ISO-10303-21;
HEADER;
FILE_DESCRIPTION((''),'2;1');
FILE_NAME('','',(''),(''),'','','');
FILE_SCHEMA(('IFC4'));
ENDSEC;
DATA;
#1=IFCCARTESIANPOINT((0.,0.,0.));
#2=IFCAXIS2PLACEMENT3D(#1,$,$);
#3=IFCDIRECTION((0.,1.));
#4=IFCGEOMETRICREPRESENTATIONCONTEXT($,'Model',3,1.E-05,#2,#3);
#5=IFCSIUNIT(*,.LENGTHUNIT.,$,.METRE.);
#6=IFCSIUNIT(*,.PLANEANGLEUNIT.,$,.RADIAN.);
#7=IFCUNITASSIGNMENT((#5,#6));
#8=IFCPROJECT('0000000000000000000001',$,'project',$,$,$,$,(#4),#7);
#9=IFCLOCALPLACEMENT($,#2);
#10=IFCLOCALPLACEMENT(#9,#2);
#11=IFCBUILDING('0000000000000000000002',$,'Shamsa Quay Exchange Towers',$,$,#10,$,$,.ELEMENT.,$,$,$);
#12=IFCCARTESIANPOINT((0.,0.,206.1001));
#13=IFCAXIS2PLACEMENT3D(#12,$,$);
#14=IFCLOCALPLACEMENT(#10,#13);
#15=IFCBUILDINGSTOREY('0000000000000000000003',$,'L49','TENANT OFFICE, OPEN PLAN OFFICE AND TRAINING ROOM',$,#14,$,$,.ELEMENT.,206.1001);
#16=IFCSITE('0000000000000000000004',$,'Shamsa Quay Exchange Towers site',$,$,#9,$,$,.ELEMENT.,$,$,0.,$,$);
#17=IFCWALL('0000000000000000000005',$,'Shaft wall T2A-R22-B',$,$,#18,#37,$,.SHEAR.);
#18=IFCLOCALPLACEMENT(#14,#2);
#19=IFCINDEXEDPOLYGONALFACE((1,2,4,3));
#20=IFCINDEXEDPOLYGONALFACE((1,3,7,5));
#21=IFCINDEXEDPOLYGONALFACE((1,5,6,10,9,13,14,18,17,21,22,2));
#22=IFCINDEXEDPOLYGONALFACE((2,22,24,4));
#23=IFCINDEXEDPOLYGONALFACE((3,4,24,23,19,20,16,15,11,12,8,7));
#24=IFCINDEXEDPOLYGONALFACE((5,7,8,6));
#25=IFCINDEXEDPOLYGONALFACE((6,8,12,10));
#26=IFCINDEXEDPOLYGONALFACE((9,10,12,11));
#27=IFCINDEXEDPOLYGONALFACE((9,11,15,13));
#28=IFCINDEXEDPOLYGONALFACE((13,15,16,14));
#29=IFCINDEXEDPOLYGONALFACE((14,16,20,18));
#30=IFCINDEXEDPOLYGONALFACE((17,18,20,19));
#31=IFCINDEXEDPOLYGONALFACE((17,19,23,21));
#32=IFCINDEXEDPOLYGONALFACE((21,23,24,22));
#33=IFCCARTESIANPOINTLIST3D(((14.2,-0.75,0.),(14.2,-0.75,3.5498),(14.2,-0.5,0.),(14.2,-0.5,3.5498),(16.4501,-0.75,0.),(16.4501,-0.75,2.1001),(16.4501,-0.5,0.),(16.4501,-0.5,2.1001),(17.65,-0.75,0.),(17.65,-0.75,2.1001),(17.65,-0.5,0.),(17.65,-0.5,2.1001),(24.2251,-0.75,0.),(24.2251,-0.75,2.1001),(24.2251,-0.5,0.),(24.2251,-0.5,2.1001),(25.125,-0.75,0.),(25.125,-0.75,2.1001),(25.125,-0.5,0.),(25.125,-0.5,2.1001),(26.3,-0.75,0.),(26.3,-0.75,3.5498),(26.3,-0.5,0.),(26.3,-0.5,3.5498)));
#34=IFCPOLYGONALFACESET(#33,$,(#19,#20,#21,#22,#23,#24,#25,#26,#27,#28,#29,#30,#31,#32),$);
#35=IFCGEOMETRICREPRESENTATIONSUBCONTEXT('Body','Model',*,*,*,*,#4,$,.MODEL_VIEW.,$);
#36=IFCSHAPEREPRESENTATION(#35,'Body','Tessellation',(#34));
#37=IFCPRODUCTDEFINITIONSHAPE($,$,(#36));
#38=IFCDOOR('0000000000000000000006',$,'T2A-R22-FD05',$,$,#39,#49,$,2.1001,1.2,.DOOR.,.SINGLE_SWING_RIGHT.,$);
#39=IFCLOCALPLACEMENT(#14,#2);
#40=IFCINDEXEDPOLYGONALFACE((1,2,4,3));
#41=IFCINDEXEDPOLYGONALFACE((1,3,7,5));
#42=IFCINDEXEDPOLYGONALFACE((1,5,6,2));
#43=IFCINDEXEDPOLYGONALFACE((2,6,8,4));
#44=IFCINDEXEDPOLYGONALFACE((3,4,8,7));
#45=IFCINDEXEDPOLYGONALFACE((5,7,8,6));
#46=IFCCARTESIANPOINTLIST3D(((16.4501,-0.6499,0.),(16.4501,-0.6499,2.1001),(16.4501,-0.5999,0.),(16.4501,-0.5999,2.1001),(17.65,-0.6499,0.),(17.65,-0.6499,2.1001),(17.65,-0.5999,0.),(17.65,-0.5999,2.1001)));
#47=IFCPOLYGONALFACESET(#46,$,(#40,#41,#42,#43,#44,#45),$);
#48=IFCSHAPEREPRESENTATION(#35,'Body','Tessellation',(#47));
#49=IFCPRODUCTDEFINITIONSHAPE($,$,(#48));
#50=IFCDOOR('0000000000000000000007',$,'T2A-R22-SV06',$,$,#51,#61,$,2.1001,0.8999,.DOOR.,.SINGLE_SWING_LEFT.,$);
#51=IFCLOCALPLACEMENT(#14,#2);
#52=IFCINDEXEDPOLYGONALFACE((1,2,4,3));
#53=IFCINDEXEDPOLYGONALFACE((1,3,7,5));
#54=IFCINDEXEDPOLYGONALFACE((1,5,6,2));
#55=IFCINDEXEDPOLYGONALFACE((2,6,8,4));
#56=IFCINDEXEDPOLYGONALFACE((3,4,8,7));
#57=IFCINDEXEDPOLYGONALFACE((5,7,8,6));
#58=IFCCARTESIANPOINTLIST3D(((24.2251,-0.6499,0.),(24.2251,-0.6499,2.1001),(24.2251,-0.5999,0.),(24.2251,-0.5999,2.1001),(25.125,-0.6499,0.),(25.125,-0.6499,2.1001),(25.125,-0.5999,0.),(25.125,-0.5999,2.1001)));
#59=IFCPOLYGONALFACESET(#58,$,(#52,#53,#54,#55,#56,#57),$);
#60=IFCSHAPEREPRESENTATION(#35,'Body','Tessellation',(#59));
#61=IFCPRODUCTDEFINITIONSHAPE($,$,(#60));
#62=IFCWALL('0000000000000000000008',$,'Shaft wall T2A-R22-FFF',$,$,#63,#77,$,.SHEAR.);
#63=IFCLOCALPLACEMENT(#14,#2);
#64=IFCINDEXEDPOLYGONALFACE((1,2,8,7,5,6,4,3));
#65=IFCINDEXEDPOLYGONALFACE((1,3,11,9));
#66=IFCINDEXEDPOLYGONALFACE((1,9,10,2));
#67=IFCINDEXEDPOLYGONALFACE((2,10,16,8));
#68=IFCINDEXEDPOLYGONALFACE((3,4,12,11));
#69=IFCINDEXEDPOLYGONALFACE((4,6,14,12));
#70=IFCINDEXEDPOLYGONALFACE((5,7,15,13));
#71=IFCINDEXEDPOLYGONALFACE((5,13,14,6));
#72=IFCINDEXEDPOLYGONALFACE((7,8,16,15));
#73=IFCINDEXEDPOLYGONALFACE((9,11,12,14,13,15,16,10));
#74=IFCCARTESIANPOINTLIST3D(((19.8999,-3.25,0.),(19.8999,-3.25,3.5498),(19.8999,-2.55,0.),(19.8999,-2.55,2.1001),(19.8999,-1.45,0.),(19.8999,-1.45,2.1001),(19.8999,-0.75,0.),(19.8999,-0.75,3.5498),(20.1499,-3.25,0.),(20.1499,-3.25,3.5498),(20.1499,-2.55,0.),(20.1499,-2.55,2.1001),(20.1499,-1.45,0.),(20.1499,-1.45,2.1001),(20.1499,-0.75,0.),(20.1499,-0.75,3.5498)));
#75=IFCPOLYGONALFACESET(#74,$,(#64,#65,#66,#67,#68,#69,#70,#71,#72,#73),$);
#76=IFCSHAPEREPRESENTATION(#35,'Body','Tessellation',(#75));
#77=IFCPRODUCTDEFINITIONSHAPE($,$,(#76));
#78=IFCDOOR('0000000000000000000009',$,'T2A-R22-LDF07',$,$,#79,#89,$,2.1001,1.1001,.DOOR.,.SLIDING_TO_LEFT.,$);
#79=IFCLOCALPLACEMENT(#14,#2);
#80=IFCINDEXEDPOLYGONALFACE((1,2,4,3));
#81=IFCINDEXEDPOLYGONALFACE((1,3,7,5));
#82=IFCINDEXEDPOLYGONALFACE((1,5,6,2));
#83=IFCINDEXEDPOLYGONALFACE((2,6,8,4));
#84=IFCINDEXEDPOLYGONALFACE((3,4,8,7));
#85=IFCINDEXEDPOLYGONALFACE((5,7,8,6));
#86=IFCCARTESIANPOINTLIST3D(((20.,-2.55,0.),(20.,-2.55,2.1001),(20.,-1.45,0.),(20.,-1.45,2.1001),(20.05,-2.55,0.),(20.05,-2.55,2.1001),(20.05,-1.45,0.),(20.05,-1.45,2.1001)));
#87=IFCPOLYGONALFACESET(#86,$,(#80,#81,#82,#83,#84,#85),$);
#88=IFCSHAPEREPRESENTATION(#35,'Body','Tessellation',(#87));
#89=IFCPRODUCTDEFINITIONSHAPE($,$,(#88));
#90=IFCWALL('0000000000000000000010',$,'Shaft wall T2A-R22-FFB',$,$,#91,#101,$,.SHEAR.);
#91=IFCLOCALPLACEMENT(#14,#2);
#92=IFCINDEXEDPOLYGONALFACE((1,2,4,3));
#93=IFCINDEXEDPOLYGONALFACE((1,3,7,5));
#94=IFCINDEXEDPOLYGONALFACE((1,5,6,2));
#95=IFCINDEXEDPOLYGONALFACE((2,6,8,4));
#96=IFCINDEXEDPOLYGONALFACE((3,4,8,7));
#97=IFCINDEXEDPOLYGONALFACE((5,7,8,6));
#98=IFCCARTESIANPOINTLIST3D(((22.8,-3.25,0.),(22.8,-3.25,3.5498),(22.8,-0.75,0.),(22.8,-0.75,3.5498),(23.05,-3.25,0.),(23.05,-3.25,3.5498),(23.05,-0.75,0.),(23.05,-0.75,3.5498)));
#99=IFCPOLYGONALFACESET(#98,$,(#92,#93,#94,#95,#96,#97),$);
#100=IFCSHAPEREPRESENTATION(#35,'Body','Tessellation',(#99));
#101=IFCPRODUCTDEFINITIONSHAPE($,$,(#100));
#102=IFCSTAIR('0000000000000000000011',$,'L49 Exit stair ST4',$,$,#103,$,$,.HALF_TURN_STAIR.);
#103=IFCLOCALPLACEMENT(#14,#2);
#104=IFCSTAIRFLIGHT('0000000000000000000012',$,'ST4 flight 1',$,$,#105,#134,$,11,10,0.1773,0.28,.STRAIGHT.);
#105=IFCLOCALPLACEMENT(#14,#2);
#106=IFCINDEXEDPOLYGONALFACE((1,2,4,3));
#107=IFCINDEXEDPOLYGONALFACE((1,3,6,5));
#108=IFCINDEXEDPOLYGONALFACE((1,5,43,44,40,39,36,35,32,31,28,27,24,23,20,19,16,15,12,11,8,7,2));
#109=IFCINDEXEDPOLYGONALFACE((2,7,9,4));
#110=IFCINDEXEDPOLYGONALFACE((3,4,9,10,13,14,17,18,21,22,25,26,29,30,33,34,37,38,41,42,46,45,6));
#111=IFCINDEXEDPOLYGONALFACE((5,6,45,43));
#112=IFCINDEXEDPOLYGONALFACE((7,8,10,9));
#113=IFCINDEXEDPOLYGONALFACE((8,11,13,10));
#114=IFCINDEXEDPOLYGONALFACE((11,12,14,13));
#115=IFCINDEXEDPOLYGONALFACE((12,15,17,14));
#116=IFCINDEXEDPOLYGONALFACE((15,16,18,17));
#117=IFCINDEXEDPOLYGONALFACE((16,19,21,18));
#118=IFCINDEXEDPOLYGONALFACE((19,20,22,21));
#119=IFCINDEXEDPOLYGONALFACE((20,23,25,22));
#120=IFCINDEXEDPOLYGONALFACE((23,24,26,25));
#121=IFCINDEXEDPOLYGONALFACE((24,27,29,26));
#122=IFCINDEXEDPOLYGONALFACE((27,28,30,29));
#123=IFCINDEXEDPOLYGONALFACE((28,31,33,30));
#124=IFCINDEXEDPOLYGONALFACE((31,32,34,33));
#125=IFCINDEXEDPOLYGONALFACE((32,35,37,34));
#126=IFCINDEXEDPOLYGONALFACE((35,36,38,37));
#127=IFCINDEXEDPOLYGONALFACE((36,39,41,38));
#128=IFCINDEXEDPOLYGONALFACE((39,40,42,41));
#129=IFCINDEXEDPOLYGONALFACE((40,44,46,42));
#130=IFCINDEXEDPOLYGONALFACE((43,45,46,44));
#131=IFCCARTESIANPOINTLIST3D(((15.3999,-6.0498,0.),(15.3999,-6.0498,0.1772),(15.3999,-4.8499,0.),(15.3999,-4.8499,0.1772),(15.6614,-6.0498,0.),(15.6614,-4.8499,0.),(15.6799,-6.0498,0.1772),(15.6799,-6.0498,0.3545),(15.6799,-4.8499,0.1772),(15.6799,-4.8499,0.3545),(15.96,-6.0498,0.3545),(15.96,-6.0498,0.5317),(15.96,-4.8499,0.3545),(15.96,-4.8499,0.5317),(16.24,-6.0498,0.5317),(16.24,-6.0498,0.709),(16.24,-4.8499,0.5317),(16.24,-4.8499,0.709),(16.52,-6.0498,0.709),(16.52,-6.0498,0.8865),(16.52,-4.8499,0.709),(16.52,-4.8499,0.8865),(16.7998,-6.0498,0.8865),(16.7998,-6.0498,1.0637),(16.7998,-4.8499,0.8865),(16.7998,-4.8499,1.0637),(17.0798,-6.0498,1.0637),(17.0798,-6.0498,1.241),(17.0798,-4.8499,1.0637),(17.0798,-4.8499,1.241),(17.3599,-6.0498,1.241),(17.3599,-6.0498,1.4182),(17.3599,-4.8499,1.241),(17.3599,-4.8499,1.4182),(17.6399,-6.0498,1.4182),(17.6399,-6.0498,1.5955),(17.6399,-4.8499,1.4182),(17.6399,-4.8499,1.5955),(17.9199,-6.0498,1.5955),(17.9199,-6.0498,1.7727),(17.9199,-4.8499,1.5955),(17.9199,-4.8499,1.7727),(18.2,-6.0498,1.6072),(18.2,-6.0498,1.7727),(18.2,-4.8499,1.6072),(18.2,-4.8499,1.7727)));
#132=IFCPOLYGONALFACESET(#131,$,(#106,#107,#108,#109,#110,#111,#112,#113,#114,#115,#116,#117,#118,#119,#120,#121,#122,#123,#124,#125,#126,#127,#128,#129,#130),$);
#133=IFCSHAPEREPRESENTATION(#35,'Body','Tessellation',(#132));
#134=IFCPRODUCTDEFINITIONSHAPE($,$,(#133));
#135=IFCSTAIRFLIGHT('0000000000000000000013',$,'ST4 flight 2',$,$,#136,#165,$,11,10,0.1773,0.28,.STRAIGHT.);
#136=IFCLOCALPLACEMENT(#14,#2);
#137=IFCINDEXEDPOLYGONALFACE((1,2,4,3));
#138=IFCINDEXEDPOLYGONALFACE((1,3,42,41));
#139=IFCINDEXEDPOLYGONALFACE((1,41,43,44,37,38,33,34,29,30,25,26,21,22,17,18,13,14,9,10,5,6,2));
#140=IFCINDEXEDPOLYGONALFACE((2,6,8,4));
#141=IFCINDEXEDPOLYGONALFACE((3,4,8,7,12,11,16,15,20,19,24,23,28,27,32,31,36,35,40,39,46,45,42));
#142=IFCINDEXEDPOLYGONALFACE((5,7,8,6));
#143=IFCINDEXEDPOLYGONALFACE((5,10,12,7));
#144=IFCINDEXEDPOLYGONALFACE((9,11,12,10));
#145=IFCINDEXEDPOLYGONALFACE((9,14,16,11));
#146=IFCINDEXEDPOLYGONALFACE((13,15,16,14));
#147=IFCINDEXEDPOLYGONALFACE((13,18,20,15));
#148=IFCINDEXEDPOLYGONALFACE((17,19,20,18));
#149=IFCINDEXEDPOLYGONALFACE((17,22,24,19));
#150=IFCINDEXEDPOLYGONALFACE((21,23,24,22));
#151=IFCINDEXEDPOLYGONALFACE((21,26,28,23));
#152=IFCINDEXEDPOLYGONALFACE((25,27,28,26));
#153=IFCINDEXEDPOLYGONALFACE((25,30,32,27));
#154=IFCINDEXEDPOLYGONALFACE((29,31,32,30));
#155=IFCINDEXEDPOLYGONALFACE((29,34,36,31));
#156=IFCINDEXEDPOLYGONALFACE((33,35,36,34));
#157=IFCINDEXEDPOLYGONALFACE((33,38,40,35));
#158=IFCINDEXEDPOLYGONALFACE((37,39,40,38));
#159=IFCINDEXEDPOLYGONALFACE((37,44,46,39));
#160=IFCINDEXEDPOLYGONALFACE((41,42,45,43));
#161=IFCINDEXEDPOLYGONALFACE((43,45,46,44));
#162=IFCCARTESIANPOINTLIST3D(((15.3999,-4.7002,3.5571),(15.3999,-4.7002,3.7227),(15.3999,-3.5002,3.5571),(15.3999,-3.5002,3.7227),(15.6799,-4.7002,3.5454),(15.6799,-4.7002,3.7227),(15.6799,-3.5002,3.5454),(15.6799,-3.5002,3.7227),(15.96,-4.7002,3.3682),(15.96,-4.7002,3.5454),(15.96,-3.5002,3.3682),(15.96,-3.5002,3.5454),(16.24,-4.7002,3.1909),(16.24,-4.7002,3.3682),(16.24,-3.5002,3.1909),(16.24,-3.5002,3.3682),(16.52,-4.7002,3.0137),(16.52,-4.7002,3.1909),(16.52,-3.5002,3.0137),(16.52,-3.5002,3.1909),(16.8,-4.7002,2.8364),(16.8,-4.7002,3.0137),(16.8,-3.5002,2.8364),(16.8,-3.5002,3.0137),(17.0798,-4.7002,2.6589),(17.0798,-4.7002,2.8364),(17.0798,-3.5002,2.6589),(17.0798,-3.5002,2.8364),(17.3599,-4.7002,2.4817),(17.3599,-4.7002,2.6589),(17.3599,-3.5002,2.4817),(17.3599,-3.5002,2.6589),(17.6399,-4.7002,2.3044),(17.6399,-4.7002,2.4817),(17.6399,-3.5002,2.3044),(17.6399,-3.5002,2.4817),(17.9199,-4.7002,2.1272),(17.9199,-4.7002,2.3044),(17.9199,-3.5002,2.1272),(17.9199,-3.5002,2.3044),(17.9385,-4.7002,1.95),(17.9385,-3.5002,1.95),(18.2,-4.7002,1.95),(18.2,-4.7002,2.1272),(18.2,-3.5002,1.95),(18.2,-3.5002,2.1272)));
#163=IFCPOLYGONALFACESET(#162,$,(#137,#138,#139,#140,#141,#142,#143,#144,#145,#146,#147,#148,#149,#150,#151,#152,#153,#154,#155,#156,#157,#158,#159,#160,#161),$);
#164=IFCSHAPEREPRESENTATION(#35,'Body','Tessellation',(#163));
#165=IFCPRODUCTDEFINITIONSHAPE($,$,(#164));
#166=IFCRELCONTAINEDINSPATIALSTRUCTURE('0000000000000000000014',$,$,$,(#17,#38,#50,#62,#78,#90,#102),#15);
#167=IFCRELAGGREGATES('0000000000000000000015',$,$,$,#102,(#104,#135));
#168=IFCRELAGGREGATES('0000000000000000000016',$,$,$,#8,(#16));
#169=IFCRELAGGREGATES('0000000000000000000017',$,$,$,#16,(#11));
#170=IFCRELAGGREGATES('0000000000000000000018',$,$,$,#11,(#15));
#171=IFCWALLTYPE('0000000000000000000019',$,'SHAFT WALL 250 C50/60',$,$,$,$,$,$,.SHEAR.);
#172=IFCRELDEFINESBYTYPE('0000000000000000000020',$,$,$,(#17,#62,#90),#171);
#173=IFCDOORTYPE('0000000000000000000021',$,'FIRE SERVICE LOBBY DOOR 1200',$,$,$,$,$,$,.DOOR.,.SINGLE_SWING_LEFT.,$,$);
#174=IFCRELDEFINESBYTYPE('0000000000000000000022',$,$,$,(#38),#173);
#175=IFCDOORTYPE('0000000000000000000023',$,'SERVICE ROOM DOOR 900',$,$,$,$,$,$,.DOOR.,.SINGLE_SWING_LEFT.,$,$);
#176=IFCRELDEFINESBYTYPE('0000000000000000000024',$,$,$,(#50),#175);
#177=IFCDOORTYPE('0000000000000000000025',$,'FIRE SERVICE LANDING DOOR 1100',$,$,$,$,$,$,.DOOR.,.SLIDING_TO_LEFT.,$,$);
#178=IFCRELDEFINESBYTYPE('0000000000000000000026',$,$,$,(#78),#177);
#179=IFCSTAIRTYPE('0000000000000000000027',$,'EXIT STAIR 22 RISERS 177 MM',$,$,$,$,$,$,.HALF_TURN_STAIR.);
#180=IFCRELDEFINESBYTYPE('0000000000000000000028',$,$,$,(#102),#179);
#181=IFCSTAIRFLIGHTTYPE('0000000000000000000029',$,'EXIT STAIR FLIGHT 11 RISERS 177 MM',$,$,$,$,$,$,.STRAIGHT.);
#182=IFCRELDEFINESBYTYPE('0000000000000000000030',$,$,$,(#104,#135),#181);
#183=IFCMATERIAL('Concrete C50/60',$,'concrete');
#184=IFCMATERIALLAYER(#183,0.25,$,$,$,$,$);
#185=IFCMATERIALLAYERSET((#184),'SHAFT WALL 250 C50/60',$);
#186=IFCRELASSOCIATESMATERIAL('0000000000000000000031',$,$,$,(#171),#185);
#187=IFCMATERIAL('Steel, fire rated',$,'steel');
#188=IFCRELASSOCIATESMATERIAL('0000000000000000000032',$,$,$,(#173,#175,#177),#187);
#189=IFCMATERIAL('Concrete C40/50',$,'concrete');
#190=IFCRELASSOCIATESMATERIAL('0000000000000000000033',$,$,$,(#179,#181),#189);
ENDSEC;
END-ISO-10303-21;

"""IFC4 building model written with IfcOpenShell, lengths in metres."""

from ifc_helpers import new_model, si_unit, direction, frame, frame_2d, origin, place, context, subcontext, project, spatial, polyline, rectangle, outline, extrude, material, layer, layer_set, type_object, element, fill, aggregate, save


model = new_model("IFC4")

# Units and contexts
model_context = context("Model", 3, precision=1e-05, world=origin(), true_north=direction((0.0, 1.0)))
body_context = subcontext(model_context, "Body", "Model", "MODEL_VIEW")
ifc_project = project(units=[si_unit("LENGTHUNIT", "METRE"), si_unit("PLANEANGLEUNIT", "RADIAN")], contexts=[model_context])

# Site, building, storey
site_placement = place(None, origin())
site = spatial("IfcSite", under=ifc_project, at=site_placement, Name="Shamsa Quay Exchange Towers site", CompositionType="ELEMENT", RefElevation=0.0)
building_placement = place(site_placement, origin())
building = spatial("IfcBuilding", under=site, at=building_placement, Name="Shamsa Quay Exchange Towers", CompositionType="ELEMENT")
storey_placement = place(building_placement, frame((0.0, 0.0, 206.1001)))
storey = spatial("IfcBuildingStorey", under=building, at=storey_placement, Name="L49", Description="TENANT OFFICE, OPEN PLAN OFFICE AND TRAINING ROOM", CompositionType="ELEMENT", Elevation=206.1001)

# Shared definitions
ifc_material_1 = material(Name="Concrete C50/60", Category="concrete")
ifc_layer_1 = layer(ifc_material_1, 0.25)
ifc_layer_set_1 = layer_set([ifc_layer_1], Name="SHAFT WALL 250 C50/60")
wall_type = type_object("IfcWallType", Name="SHAFT WALL 250 C50/60", PredefinedType="SHEAR", material=ifc_layer_set_1)
ifc_material_2 = material(Name="Steel, fire rated", Category="steel")

# Wall, openings, doors
wall_1_placement = place(storey_placement, frame((26.3, -0.625, 0.0), z_axis=(0.0, 0.0, 1.0), x_axis=(-1.0, 0.0, 0.0)))
wall_1 = element("IfcWall", 1, at=wall_1_placement, inside=storey, type_object=wall_type, Name="Shaft wall T2A-R22-B", PredefinedType="SHEAR", context=body_context, shape_type="SweptSolid", body=[
    extrude(rectangle(XDim=12.1001, YDim=0.25, at=frame_2d((6.05, 0.0))), origin(), (0.0, 0.0, 1.0), 3.5498),
])
opening_1_placement = place(wall_1_placement, frame((8.6499, 0.0, 0.0)))
opening_1 = element("IfcOpeningElement", 2, at=opening_1_placement, cuts=wall_1, PredefinedType="OPENING", context=body_context, shape_type="SweptSolid", body=[
    extrude(rectangle(XDim=1.2, YDim=2.1001, at=frame_2d((0.6001, 1.05))), frame((0.0, 0.135, 0.0), z_axis=(0.0, -1.0, 0.0), x_axis=(1.0, 0.0, 0.0)), (0.0, 0.0, 1.0), 0.27),
])
opening_2_placement = place(wall_1_placement, frame((1.175, 0.0, 0.0)))
opening_2 = element("IfcOpeningElement", 3, at=opening_2_placement, cuts=wall_1, PredefinedType="OPENING", context=body_context, shape_type="SweptSolid", body=[
    extrude(rectangle(XDim=0.8999, YDim=2.1001, at=frame_2d((0.45, 1.05))), frame((0.0, 0.135, 0.0), z_axis=(0.0, -1.0, 0.0), x_axis=(1.0, 0.0, 0.0)), (0.0, 0.0, 1.0), 0.27),
])
door_type_1 = type_object("IfcDoorType", Name="FIRE SERVICE LOBBY DOOR 1200", OperationType="SINGLE_SWING_LEFT", PredefinedType="DOOR", material=ifc_material_2)
door_1_placement = place(opening_1_placement, origin())
door_1 = element("IfcDoor", 4, at=door_1_placement, inside=storey, type_object=door_type_1, Name="T2A-R22-FD05", OperationType="SINGLE_SWING_RIGHT", OverallHeight=2.1001, OverallWidth=1.2, PredefinedType="DOOR", context=body_context, shape_type="SweptSolid", body=[
    extrude(rectangle(XDim=1.2, YDim=2.1001, at=frame_2d((0.6001, 1.05))), frame((0.0, 0.0249, 0.0), z_axis=(0.0, -1.0, 0.0), x_axis=(1.0, 0.0, 0.0)), (0.0, 0.0, 1.0), 0.05),
])
fill(opening_1, door_1)
door_type_2 = type_object("IfcDoorType", Name="SERVICE ROOM DOOR 900", OperationType="SINGLE_SWING_LEFT", PredefinedType="DOOR", material=ifc_material_2)
door_2_placement = place(opening_2_placement, origin())
door_2 = element("IfcDoor", 5, at=door_2_placement, inside=storey, type_object=door_type_2, Name="T2A-R22-SV06", OperationType="SINGLE_SWING_LEFT", OverallHeight=2.1001, OverallWidth=0.8999, PredefinedType="DOOR", context=body_context, shape_type="SweptSolid", body=[
    extrude(rectangle(XDim=0.8999, YDim=2.1001, at=frame_2d((0.45, 1.05))), frame((0.0, 0.0249, 0.0), z_axis=(0.0, -1.0, 0.0), x_axis=(1.0, 0.0, 0.0)), (0.0, 0.0, 1.0), 0.05),
])
fill(opening_2, door_2)

# Wall, opening, door
wall_2_placement = place(storey_placement, frame((20.0249, -3.25, 0.0), z_axis=(0.0, 0.0, 1.0), x_axis=(0.0, 1.0, 0.0)))
wall_2 = element("IfcWall", 6, at=wall_2_placement, inside=storey, type_object=wall_type, Name="Shaft wall T2A-R22-FFF", PredefinedType="SHEAR", context=body_context, shape_type="SweptSolid", body=[
    extrude(rectangle(XDim=2.5, YDim=0.25, at=frame_2d((1.25, 0.0))), origin(), (0.0, 0.0, 1.0), 3.5498),
])
opening_3_placement = place(wall_2_placement, frame((0.7, 0.0, 0.0)))
opening_3 = element("IfcOpeningElement", 7, at=opening_3_placement, cuts=wall_2, PredefinedType="OPENING", context=body_context, shape_type="SweptSolid", body=[
    extrude(rectangle(XDim=1.1001, YDim=2.1001, at=frame_2d((0.55, 1.05))), frame((0.0, 0.135, 0.0), z_axis=(0.0, -1.0, 0.0), x_axis=(1.0, 0.0, 0.0)), (0.0, 0.0, 1.0), 0.27),
])
door_type_3 = type_object("IfcDoorType", Name="FIRE SERVICE LANDING DOOR 1100", OperationType="SLIDING_TO_LEFT", PredefinedType="DOOR", material=ifc_material_2)
door_3_placement = place(opening_3_placement, origin())
door_3 = element("IfcDoor", 8, at=door_3_placement, inside=storey, type_object=door_type_3, Name="T2A-R22-LDF07", OperationType="SLIDING_TO_LEFT", OverallHeight=2.1001, OverallWidth=1.1001, PredefinedType="DOOR", context=body_context, shape_type="SweptSolid", body=[
    extrude(rectangle(XDim=1.1001, YDim=2.1001, at=frame_2d((0.55, 1.05))), frame((0.0, 0.0249, 0.0), z_axis=(0.0, -1.0, 0.0), x_axis=(1.0, 0.0, 0.0)), (0.0, 0.0, 1.0), 0.05),
])
fill(opening_3, door_3)

# Wall
wall_3_placement = place(storey_placement, frame((22.925, -3.25, 0.0), z_axis=(0.0, 0.0, 1.0), x_axis=(0.0, 1.0, 0.0)))
element("IfcWall", 9, at=wall_3_placement, inside=storey, type_object=wall_type, Name="Shaft wall T2A-R22-FFB", PredefinedType="SHEAR", context=body_context, shape_type="SweptSolid", body=[
    extrude(rectangle(XDim=2.5, YDim=0.25, at=frame_2d((1.25, 0.0))), origin(), (0.0, 0.0, 1.0), 3.5498),
])

# Stair, stair flights
ifc_material_3 = material(Name="Concrete C40/50", Category="concrete")
stair_type = type_object("IfcStairType", Name="EXIT STAIR 22 RISERS 177 MM", PredefinedType="HALF_TURN_STAIR", material=ifc_material_3)
stair_placement = place(storey_placement, origin())
stair = element("IfcStair", 10, at=stair_placement, inside=storey, type_object=stair_type, Name="L49 Exit stair ST4", PredefinedType="HALF_TURN_STAIR")
stair_flight_type = type_object("IfcStairFlightType", Name="EXIT STAIR FLIGHT 11 RISERS 177 MM", PredefinedType="STRAIGHT", material=ifc_material_3)
stair_flight_1_placement = place(storey_placement, frame((15.3999, -5.45, 0.0)))
stair_flight_1 = element("IfcStairFlight", 11, at=stair_flight_1_placement, type_object=stair_flight_type, Name="ST4 flight 1", NumberOfRisers=11, NumberOfTreads=10, PredefinedType="STRAIGHT", RiserHeight=0.1773, TreadLength=0.28, context=body_context, shape_type="SweptSolid", body=[
    extrude(outline(polyline([(0.0, 0.0), (0.0, 0.1772), (0.28, 0.1772), (0.28, 0.3545), (0.5601, 0.3545), (0.5601, 0.5317), (0.8401, 0.5317), (0.8401, 0.709), (1.1201, 0.709), (1.1201, 0.8865), (1.3999, 0.8865), (1.3999, 1.0637), (1.6799, 1.0637), (1.6799, 1.241), (1.96, 1.241), (1.96, 1.4182), (2.24, 1.4182), (2.24, 1.5955), (2.52, 1.5955), (2.52, 1.7727), (2.8, 1.7727), (2.8, 1.95), (2.8, 1.6072), (0.2615, 0.0), (0.0, 0.0)])), frame((0.0, 0.6001, 0.0), z_axis=(0.0, -1.0, 0.0), x_axis=(1.0, 0.0, 0.0)), (0.0, 0.0, 1.0), 1.2),
])
stair_flight_2_placement = place(storey_placement, frame((18.2, -4.1001, 1.95), z_axis=(0.0, 0.0, 1.0), x_axis=(-1.0, 0.0, 0.0)))
stair_flight_2 = element("IfcStairFlight", 12, at=stair_flight_2_placement, type_object=stair_flight_type, Name="ST4 flight 2", NumberOfRisers=11, NumberOfTreads=10, PredefinedType="STRAIGHT", RiserHeight=0.1773, TreadLength=0.28, context=body_context, shape_type="SweptSolid", body=[
    extrude(outline(polyline([(0.0, 0.0), (0.0, 0.1772), (0.28, 0.1772), (0.28, 0.3545), (0.5601, 0.3545), (0.5601, 0.5317), (0.8401, 0.5317), (0.8401, 0.709), (1.1201, 0.709), (1.1201, 0.8865), (1.3999, 0.8865), (1.3999, 1.0637), (1.6799, 1.0637), (1.6799, 1.241), (1.96, 1.241), (1.96, 1.4182), (2.24, 1.4182), (2.24, 1.5955), (2.52, 1.5955), (2.52, 1.7727), (2.8, 1.7727), (2.8, 1.95), (2.8, 1.6072), (0.2615, 0.0), (0.0, 0.0)])), frame((0.0, 0.6001, 0.0), z_axis=(0.0, -1.0, 0.0), x_axis=(1.0, 0.0, 0.0)), (0.0, 0.0, 1.0), 1.2),
])
aggregate(stair, [stair_flight_1, stair_flight_2])

save(model, "model.ifc")
